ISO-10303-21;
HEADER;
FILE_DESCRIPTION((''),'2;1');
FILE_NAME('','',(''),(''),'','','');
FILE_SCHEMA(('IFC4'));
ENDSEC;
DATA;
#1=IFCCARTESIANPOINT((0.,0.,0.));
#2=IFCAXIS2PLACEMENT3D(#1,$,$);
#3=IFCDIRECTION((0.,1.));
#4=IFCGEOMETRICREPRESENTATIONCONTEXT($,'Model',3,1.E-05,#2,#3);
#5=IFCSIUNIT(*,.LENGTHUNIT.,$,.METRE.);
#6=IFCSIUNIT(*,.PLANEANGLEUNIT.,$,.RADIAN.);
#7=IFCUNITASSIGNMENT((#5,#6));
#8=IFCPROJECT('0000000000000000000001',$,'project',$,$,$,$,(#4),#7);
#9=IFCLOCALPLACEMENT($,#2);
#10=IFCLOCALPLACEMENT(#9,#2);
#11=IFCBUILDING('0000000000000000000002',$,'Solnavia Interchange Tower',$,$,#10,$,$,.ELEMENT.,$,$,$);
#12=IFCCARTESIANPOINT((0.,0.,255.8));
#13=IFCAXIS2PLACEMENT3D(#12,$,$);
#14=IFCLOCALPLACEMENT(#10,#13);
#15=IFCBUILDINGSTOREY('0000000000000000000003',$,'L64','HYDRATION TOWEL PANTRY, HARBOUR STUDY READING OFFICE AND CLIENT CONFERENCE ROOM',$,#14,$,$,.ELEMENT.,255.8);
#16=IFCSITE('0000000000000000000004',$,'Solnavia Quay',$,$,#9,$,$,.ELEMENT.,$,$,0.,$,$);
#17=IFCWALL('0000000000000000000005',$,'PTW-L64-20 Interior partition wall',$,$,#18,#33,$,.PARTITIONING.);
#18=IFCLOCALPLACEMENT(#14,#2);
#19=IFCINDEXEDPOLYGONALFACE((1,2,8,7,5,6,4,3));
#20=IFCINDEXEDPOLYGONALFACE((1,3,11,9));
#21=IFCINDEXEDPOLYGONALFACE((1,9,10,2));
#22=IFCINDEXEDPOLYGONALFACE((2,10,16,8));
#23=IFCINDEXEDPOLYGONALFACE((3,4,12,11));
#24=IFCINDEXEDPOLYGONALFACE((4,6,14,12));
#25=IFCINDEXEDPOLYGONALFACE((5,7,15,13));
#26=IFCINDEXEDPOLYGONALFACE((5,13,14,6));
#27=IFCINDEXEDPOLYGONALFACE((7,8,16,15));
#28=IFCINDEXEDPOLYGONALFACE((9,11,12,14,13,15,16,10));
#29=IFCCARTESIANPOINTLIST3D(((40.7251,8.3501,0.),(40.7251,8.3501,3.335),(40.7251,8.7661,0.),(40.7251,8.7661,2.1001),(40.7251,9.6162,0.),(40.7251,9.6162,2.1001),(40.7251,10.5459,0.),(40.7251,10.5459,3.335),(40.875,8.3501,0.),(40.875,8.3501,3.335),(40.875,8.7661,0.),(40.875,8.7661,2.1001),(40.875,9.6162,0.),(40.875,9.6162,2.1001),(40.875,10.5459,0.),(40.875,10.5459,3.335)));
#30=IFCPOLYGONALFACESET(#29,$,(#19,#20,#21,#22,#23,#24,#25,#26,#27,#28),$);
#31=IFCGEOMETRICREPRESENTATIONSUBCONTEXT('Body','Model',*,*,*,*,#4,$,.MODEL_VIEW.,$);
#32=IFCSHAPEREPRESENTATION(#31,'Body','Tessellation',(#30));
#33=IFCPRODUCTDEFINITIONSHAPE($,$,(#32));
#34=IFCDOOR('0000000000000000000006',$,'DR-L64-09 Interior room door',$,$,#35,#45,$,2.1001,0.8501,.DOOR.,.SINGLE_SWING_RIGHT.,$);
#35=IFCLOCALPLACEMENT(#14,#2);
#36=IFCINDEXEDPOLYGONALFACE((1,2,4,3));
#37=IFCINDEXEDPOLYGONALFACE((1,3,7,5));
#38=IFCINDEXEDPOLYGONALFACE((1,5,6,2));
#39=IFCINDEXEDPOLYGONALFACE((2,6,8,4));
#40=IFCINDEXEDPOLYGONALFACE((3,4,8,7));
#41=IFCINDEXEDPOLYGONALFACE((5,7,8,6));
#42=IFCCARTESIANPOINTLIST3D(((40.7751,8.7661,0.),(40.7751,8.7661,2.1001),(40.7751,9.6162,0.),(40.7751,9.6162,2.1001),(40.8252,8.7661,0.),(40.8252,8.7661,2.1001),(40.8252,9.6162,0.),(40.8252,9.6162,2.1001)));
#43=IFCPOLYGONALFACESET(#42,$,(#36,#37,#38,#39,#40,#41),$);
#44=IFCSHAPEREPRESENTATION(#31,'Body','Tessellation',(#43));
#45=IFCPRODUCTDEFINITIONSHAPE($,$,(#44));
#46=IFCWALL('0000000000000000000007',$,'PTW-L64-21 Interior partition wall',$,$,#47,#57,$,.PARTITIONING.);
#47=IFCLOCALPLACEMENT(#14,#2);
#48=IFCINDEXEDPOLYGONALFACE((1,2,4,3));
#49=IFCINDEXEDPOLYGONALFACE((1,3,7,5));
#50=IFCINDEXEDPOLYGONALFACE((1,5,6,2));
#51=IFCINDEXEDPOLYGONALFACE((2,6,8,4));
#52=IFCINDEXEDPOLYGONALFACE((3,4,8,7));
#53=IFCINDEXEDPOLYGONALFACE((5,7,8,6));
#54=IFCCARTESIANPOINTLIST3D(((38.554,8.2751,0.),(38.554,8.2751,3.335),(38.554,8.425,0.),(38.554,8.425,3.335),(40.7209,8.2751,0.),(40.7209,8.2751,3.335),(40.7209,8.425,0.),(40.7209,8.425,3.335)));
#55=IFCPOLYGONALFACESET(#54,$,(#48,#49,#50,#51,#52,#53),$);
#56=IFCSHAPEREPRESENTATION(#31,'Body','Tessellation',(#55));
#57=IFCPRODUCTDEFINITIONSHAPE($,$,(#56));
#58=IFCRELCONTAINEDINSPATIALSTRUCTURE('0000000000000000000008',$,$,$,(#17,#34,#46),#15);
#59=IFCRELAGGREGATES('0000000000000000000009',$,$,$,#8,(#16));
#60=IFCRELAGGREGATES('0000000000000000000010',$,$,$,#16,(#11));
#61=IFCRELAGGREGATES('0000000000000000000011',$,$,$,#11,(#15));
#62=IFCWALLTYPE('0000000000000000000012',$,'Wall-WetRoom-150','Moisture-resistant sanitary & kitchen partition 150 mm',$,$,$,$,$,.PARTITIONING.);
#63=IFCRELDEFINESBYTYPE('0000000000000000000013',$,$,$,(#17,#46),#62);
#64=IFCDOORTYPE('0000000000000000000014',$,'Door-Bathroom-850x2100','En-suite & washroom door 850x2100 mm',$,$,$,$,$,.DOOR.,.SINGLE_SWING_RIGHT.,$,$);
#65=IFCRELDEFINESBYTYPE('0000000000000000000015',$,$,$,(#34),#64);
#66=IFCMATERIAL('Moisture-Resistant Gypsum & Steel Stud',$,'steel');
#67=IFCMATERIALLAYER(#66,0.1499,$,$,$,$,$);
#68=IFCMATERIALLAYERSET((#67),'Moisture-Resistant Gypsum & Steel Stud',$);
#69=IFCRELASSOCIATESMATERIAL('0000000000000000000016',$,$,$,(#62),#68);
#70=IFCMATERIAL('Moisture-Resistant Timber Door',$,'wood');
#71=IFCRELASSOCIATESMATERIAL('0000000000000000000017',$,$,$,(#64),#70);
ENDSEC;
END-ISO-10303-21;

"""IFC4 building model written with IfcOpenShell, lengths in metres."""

from ifc_helpers import new_model, si_unit, direction, frame, frame_2d, origin, place, context, subcontext, project, spatial, rectangle, extrude, material, layer, layer_set, type_object, element, fill, save


model = new_model("IFC4")

# Units and contexts
model_context = context("Model", 3, precision=1e-05, world=origin(), true_north=direction((0.0, 1.0)))
body_context = subcontext(model_context, "Body", "Model", "MODEL_VIEW")
ifc_project = project(units=[si_unit("LENGTHUNIT", "METRE"), si_unit("PLANEANGLEUNIT", "RADIAN")], contexts=[model_context])

# Site, building, storey
site_placement = place(None, origin())
site = spatial("IfcSite", under=ifc_project, at=site_placement, Name="Solnavia Quay", CompositionType="ELEMENT", RefElevation=0.0)
building_placement = place(site_placement, origin())
building = spatial("IfcBuilding", under=site, at=building_placement, Name="Solnavia Interchange Tower", CompositionType="ELEMENT")
storey_placement = place(building_placement, frame((0.0, 0.0, 255.8)))
storey = spatial("IfcBuildingStorey", under=building, at=storey_placement, Name="L64", Description="HYDRATION TOWEL PANTRY, HARBOUR STUDY READING OFFICE AND CLIENT CONFERENCE ROOM", CompositionType="ELEMENT", Elevation=255.8)

# Shared definitions
ifc_material_1 = material(Name="Moisture-Resistant Gypsum & Steel Stud", Category="steel")
ifc_layer_1 = layer(ifc_material_1, 0.1499)
ifc_layer_set_1 = layer_set([ifc_layer_1], Name="Moisture-Resistant Gypsum & Steel Stud")
wall_type_1 = type_object("IfcWallType", Name="Wall-WetRoom-150", Description="Moisture-resistant sanitary & kitchen partition 150 mm", PredefinedType="PARTITIONING", material=ifc_layer_set_1)

# Shared definitions
ifc_material_2 = material(Name="Moisture-Resistant Timber Door", Category="wood")
door_type_1 = type_object("IfcDoorType", Name="Door-Bathroom-850x2100", Description="En-suite & washroom door 850x2100 mm", OperationType="SINGLE_SWING_RIGHT", PredefinedType="DOOR", material=ifc_material_2)

# Wall, opening, door
wall_1_placement = place(storey_placement, frame((40.8, 8.3501, 0.0), z_axis=(0.0, 0.0, 1.0), x_axis=(0.0, 1.0, 0.0)))
wall_1 = element("IfcWall", 1, at=wall_1_placement, inside=storey, type_object=wall_type_1, Name="PTW-L64-20 Interior partition wall", PredefinedType="PARTITIONING", context=body_context, shape_type="SweptSolid", body=[
    extrude(rectangle(XDim=2.1958, YDim=0.1499, at=frame_2d((1.0979, 0.0))), origin(), (0.0, 0.0, 1.0), 3.335),
])
opening_1_placement = place(wall_1_placement, frame((0.416, 0.0, 0.0)))
opening_1 = element("IfcOpeningElement", 2, at=opening_1_placement, cuts=wall_1, PredefinedType="OPENING", context=body_context, shape_type="SweptSolid", body=[
    extrude(rectangle(XDim=0.8501, YDim=2.1001, at=frame_2d((0.425, 1.05))), frame((0.0, 0.085, 0.0), z_axis=(0.0, -1.0, 0.0), x_axis=(1.0, 0.0, 0.0)), (0.0, 0.0, 1.0), 0.1699),
])
door_1_placement = place(opening_1_placement, origin())
door_1 = element("IfcDoor", 3, at=door_1_placement, inside=storey, type_object=door_type_1, Name="DR-L64-09 Interior room door", OperationType="SINGLE_SWING_RIGHT", OverallHeight=2.1001, OverallWidth=0.8501, PredefinedType="DOOR", context=body_context, shape_type="SweptSolid", body=[
    extrude(rectangle(XDim=0.8501, YDim=2.1001, at=frame_2d((0.425, 1.05))), frame((0.0, 0.0249, 0.0), z_axis=(0.0, -1.0, 0.0), x_axis=(1.0, 0.0, 0.0)), (0.0, 0.0, 1.0), 0.05),
])
fill(opening_1, door_1)

# Wall
wall_2_placement = place(storey_placement, frame((38.554, 8.3501, 0.0), z_axis=(0.0, 0.0, 1.0), x_axis=(1.0, 0.0, 0.0)))
element("IfcWall", 4, at=wall_2_placement, inside=storey, type_object=wall_type_1, Name="PTW-L64-21 Interior partition wall", PredefinedType="PARTITIONING", context=body_context, shape_type="SweptSolid", body=[
    extrude(rectangle(XDim=2.167, YDim=0.1499, at=frame_2d((1.0835, 0.0))), origin(), (0.0, 0.0, 1.0), 3.335),
])

save(model, "model.ifc")
